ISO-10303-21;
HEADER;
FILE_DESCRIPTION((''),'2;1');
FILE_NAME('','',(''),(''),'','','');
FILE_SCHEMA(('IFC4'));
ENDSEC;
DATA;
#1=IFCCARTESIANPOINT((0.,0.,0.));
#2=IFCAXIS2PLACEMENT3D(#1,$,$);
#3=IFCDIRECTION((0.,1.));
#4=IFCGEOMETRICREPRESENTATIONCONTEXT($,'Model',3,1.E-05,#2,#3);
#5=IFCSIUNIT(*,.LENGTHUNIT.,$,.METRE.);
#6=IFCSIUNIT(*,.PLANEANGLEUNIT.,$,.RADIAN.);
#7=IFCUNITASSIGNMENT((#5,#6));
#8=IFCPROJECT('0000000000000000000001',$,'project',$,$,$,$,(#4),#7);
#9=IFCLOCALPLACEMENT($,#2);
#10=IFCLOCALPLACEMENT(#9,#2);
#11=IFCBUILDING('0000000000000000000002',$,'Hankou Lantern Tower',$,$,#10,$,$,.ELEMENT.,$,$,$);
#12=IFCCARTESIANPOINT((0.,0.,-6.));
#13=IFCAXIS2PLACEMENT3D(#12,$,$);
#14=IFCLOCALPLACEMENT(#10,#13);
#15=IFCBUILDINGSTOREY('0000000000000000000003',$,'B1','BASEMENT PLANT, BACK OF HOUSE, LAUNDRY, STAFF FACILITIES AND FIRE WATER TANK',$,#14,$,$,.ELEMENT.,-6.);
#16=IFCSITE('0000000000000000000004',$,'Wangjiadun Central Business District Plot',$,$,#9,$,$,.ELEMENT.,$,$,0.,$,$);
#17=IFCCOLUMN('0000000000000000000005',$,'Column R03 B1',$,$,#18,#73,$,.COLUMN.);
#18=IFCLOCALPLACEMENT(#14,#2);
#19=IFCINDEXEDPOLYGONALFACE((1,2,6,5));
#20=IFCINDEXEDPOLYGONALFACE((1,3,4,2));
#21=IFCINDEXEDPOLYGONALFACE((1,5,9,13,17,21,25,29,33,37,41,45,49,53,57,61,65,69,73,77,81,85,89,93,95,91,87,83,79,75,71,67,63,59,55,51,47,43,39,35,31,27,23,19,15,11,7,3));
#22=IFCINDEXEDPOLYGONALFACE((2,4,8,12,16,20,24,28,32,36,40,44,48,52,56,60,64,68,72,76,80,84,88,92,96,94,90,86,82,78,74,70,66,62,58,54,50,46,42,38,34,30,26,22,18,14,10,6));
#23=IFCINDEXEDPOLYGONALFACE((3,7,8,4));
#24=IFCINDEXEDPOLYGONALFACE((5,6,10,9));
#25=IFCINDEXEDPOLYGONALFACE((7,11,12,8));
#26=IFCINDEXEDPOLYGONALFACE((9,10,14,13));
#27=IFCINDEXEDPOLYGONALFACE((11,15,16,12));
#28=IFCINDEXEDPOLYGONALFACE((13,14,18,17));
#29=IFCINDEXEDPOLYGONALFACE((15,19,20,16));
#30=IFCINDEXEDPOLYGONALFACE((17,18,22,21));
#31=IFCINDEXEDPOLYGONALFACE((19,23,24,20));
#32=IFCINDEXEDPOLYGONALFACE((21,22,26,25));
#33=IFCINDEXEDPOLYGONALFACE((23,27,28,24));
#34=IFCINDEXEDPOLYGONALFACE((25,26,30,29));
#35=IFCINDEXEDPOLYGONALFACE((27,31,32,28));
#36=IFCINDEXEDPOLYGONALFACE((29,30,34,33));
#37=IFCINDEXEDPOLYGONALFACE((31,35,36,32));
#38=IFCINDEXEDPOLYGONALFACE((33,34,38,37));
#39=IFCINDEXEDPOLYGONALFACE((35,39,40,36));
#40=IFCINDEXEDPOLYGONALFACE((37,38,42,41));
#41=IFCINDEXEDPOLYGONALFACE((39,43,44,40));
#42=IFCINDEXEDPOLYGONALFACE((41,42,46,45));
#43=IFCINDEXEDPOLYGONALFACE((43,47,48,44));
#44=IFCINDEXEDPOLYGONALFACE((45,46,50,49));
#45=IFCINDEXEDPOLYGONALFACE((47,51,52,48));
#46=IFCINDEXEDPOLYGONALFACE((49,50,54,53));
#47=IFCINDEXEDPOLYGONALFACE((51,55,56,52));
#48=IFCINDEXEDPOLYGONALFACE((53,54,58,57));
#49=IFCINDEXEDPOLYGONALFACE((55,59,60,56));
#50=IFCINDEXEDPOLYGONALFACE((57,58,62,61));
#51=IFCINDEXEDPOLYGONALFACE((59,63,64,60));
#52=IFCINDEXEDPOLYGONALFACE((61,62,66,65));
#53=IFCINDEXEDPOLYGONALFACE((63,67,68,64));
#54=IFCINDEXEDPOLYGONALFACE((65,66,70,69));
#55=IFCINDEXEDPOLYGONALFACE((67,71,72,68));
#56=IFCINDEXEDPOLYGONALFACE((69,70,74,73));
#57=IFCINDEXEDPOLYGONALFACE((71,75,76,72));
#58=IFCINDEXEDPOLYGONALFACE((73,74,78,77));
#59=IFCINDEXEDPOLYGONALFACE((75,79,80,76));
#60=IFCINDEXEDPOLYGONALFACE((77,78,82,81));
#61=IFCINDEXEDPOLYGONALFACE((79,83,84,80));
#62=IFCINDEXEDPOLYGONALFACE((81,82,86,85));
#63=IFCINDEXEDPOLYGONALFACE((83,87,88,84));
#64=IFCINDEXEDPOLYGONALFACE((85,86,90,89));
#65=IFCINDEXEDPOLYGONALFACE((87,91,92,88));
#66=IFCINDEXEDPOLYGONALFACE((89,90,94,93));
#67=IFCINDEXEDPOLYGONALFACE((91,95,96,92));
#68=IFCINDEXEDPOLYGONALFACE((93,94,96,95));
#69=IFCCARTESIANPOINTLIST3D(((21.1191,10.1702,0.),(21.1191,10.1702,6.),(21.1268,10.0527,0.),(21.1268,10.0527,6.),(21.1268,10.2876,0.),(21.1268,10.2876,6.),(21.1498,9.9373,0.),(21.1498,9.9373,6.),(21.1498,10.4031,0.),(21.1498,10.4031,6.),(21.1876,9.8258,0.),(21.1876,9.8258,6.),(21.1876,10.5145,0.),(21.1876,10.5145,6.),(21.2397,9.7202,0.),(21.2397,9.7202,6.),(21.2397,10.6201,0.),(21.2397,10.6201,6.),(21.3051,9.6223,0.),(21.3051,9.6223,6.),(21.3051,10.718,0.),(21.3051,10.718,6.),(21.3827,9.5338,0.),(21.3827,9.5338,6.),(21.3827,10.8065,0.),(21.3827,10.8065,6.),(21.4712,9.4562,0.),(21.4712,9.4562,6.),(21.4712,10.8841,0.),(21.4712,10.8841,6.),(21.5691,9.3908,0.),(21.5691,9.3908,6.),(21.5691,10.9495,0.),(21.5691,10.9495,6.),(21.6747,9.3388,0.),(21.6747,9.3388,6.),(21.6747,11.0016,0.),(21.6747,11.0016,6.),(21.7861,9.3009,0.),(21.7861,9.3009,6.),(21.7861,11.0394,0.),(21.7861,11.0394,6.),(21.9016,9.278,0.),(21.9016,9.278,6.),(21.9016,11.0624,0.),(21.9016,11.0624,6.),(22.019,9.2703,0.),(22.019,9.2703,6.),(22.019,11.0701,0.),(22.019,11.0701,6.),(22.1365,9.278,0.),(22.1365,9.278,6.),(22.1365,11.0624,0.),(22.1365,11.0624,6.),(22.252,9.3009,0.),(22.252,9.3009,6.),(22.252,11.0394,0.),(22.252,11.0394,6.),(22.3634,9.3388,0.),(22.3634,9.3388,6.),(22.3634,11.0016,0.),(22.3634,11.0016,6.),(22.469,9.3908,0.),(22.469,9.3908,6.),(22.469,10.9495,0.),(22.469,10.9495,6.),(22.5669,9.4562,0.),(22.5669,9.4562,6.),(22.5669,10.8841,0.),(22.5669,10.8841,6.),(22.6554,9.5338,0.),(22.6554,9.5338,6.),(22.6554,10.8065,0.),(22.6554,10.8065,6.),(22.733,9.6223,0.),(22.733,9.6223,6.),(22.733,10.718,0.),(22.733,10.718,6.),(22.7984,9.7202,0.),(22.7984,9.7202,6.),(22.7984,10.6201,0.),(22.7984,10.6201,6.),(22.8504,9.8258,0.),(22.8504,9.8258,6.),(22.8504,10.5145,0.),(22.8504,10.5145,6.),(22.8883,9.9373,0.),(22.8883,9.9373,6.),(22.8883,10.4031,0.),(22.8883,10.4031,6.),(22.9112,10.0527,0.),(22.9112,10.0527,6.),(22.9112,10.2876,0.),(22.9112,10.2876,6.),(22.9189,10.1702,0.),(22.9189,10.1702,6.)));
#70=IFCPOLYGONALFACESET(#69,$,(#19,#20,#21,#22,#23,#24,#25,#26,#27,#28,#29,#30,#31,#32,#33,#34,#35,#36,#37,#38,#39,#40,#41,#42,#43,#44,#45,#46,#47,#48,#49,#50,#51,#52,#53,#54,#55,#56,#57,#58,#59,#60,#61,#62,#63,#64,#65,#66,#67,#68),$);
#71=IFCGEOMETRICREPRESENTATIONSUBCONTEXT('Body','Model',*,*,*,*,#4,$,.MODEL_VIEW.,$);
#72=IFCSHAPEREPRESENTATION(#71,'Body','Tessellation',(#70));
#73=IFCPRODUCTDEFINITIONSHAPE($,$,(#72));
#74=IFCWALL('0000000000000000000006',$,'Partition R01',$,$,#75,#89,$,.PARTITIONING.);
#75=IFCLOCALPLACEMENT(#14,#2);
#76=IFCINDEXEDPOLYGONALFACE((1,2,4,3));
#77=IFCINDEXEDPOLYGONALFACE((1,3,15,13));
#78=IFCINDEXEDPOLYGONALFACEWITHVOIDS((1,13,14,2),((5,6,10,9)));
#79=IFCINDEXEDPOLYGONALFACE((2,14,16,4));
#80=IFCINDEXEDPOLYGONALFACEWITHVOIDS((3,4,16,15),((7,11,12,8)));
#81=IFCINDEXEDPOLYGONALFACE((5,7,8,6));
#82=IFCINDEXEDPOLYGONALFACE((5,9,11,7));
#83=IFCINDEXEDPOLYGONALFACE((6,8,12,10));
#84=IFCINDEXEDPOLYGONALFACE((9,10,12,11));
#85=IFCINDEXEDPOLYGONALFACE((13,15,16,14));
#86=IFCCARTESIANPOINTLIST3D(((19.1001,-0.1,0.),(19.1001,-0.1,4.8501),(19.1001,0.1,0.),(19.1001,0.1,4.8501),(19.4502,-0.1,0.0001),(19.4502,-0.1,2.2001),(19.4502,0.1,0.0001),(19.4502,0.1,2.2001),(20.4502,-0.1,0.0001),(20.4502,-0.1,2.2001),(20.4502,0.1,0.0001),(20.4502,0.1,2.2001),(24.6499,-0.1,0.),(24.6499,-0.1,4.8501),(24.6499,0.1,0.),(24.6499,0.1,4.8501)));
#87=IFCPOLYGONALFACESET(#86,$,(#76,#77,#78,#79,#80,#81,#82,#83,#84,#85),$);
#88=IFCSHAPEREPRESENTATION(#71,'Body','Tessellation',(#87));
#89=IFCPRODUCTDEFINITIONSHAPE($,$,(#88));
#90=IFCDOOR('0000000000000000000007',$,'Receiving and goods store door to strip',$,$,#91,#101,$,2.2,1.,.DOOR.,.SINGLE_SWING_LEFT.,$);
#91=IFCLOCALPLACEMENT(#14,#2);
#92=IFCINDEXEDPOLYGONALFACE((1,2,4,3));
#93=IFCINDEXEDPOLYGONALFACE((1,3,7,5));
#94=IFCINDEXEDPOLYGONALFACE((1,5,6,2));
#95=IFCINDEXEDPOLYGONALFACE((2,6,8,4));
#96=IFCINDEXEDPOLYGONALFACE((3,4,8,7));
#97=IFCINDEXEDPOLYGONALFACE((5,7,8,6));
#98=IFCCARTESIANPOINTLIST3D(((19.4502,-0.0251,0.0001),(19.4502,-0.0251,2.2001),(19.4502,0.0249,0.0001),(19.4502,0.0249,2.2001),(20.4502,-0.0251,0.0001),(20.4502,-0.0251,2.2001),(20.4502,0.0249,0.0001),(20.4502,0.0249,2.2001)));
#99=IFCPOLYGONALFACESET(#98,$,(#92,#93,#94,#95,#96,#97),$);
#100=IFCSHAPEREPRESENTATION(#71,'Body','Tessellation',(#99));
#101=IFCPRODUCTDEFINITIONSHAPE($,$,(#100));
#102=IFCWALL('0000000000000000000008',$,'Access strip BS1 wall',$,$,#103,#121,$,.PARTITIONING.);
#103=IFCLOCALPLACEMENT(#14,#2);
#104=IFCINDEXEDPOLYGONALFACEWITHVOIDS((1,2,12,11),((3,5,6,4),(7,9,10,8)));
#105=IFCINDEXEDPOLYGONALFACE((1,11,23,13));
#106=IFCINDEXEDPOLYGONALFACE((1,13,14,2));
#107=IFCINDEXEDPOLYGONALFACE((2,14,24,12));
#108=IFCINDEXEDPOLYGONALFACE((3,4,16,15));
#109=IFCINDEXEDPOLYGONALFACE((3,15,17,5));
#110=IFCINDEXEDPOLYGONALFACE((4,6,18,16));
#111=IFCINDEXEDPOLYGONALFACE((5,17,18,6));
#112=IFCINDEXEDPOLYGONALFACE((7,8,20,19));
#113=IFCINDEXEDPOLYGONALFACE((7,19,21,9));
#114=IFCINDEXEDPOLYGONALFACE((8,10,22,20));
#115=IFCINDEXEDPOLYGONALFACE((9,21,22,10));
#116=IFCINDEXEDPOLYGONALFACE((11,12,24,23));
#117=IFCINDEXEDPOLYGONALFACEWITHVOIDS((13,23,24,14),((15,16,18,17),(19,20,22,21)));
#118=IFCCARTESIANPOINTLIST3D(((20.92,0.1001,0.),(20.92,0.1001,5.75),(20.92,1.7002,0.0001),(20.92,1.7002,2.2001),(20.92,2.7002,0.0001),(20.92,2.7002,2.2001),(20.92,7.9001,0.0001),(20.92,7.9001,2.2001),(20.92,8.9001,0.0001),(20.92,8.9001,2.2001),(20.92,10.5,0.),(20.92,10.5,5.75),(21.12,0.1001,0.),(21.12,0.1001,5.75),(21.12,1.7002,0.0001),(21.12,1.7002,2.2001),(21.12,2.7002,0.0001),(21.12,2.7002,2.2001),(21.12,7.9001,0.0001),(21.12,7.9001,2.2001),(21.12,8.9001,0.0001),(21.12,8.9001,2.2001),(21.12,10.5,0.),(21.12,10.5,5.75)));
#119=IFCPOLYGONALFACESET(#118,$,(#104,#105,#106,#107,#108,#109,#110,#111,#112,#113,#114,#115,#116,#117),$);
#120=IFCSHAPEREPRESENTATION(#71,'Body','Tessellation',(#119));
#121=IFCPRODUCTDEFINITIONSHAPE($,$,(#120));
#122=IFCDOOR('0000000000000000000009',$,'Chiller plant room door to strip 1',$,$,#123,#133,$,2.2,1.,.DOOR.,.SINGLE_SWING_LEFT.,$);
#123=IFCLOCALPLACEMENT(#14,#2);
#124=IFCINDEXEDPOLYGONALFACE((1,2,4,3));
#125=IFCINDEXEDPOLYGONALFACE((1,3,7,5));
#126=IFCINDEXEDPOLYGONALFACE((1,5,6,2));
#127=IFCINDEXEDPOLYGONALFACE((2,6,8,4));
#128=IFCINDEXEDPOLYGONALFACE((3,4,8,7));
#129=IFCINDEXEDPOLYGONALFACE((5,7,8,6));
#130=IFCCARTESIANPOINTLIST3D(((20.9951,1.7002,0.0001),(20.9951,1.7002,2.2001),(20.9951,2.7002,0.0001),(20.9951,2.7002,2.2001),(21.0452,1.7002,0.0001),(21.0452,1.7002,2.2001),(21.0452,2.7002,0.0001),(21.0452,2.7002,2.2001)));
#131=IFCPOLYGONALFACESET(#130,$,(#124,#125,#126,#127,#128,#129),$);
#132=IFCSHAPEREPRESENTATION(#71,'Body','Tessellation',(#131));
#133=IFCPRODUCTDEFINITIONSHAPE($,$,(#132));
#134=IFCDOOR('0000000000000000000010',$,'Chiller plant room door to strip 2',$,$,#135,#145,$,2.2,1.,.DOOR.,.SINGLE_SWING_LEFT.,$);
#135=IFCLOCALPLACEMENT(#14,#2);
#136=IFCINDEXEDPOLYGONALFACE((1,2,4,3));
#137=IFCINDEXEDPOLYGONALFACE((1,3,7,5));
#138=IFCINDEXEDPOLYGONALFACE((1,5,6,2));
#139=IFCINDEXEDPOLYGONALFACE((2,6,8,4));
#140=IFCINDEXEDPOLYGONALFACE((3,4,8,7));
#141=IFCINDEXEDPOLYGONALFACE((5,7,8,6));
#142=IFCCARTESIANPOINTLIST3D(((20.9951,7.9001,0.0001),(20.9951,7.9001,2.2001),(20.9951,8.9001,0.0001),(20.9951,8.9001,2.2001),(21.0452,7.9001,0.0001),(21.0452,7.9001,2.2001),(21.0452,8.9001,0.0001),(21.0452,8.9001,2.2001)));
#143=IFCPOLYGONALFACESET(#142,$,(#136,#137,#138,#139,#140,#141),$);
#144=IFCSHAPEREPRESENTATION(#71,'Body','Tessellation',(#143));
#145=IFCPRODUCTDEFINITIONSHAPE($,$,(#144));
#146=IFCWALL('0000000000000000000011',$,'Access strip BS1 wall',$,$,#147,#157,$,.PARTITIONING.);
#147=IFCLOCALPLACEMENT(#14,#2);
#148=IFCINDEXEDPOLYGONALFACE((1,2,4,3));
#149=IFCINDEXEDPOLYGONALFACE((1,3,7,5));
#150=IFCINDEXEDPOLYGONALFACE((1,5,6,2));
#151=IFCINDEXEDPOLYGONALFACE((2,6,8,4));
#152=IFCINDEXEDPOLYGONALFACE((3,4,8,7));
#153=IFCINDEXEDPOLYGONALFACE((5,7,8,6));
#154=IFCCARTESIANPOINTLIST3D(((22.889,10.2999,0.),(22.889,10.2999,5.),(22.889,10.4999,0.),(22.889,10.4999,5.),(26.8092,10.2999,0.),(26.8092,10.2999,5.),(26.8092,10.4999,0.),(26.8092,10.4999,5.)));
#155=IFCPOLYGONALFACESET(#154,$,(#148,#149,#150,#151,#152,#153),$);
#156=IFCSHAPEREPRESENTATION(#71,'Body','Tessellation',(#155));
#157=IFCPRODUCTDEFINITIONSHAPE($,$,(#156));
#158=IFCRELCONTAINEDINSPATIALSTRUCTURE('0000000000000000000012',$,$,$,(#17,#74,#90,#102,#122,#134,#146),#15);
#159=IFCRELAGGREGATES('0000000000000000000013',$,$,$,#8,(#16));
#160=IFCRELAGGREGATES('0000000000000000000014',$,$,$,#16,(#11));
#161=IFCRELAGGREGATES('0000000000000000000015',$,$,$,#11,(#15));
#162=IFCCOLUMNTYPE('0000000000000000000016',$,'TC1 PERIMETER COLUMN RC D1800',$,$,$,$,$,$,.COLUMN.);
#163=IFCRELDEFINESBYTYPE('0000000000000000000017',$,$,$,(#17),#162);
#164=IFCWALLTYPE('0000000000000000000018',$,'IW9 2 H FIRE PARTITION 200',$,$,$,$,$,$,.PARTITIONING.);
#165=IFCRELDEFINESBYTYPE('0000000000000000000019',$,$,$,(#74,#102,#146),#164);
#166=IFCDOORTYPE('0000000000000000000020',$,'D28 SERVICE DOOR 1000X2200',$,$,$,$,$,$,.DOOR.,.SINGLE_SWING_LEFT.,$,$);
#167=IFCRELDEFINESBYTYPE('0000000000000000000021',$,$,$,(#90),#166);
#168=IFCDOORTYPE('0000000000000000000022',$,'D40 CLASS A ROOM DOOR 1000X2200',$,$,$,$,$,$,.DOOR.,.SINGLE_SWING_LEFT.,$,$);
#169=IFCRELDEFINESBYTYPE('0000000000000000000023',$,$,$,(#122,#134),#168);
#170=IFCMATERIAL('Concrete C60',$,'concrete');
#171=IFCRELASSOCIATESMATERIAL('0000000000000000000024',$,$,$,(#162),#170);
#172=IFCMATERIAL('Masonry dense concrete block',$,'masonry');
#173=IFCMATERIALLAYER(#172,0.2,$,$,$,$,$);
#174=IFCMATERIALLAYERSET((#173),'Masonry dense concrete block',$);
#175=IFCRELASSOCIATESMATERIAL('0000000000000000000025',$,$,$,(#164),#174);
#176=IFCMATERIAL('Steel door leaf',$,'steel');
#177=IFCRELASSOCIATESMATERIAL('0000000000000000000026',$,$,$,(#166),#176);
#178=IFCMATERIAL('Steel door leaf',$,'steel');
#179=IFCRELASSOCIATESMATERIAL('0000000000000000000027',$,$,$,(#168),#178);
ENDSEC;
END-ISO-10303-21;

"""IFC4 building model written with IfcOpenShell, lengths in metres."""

from ifc_helpers import new_model, si_unit, direction, frame, frame_2d, origin, origin_2d, place, context, subcontext, project, spatial, rectangle, circle, extrude, material, layer, layer_set, material_profile, profile_set, type_object, element, fill, save


model = new_model("IFC4")

# Units and contexts
model_context = context("Model", 3, precision=1e-05, world=origin(), true_north=direction((0.0, 1.0)))
body_context = subcontext(model_context, "Body", "Model", "MODEL_VIEW")
ifc_project = project(units=[si_unit("LENGTHUNIT", "METRE"), si_unit("PLANEANGLEUNIT", "RADIAN")], contexts=[model_context])

# Site, building, storey
site_placement = place(None, origin())
site = spatial("IfcSite", under=ifc_project, at=site_placement, Name="Wangjiadun Central Business District Plot", CompositionType="ELEMENT", RefElevation=0.0)
building_placement = place(site_placement, origin())
building = spatial("IfcBuilding", under=site, at=building_placement, Name="Hankou Lantern Tower", CompositionType="ELEMENT")
storey_placement = place(building_placement, frame((0.0, 0.0, -6.0)))
storey = spatial("IfcBuildingStorey", under=building, at=storey_placement, Name="B1", Description="BASEMENT PLANT, BACK OF HOUSE, LAUNDRY, STAFF FACILITIES AND FIRE WATER TANK", CompositionType="ELEMENT", Elevation=-6.0)

# Column
ifc_material_1 = material(Name="Concrete C60", Category="concrete")
ifc_material_profile_1 = material_profile(ifc_material_1, circle(Radius=0.8999, at=origin_2d()), Name="RC D1800")
ifc_profile_set_1 = profile_set([ifc_material_profile_1], Name="Concrete C60")
column_type = type_object("IfcColumnType", Name="TC1 PERIMETER COLUMN RC D1800", PredefinedType="COLUMN", material=ifc_profile_set_1)
column_placement = place(storey_placement, frame((22.019, 10.1702, 0.0), z_axis=(0.0, 0.0, 1.0), x_axis=(1.0, 0.0, 0.0)))
element("IfcColumn", 1, at=column_placement, inside=storey, type_object=column_type, Name="Column R03 B1", PredefinedType="COLUMN", context=body_context, shape_type="SweptSolid", body=[
    extrude(circle(Radius=0.8999, at=origin_2d()), origin(), (0.0, 0.0, 1.0), 6.0),
])

# Wall, opening, door
ifc_material_2 = material(Name="Masonry dense concrete block", Category="masonry")
ifc_layer = layer(ifc_material_2, 0.2)
ifc_layer_set = layer_set([ifc_layer], Name="Masonry dense concrete block")
wall_type = type_object("IfcWallType", Name="IW9 2 H FIRE PARTITION 200", PredefinedType="PARTITIONING", material=ifc_layer_set)
wall_1_placement = place(storey_placement, frame((19.1001, 0.0, 0.0), z_axis=(0.0, 0.0, 1.0), x_axis=(1.0, 0.0, 0.0)))
wall_1 = element("IfcWall", 2, at=wall_1_placement, inside=storey, type_object=wall_type, Name="Partition R01", PredefinedType="PARTITIONING", context=body_context, shape_type="SweptSolid", body=[
    extrude(rectangle(XDim=5.5498, YDim=0.2, at=frame_2d((2.7749, 0.0))), origin(), (0.0, 0.0, 1.0), 4.8501),
])
opening_1_placement = place(wall_1_placement, frame((0.3501, 0.0, 0.0)))
opening_1 = element("IfcOpeningElement", 3, at=opening_1_placement, cuts=wall_1, PredefinedType="OPENING", context=body_context, shape_type="SweptSolid", body=[
    extrude(rectangle(XDim=1.0, YDim=2.2, at=frame_2d((0.5, 1.1001))), frame((0.0, 0.1099, 0.0), z_axis=(0.0, -1.0, 0.0), x_axis=(1.0, 0.0, 0.0)), (0.0, 0.0, 1.0), 0.22),
])
ifc_material_3 = material(Name="Steel door leaf", Category="steel")
door_type_1 = type_object("IfcDoorType", Name="D28 SERVICE DOOR 1000X2200", OperationType="SINGLE_SWING_LEFT", PredefinedType="DOOR", material=ifc_material_3)
door_1_placement = place(opening_1_placement, origin())
door_1 = element("IfcDoor", 4, at=door_1_placement, inside=storey, type_object=door_type_1, Name="Receiving and goods store door to strip", OperationType="SINGLE_SWING_LEFT", OverallHeight=2.2, OverallWidth=1.0, PredefinedType="DOOR", context=body_context, shape_type="SweptSolid", body=[
    extrude(rectangle(XDim=1.0, YDim=2.2, at=frame_2d((0.5, 1.1001))), frame((0.0, 0.0249, 0.0), z_axis=(0.0, -1.0, 0.0), x_axis=(1.0, 0.0, 0.0)), (0.0, 0.0, 1.0), 0.05),
])
fill(opening_1, door_1)

# Wall, openings, doors
wall_2_placement = place(storey_placement, frame((21.02, 0.1001, 0.0), z_axis=(0.0, 0.0, 1.0), x_axis=(0.0, 1.0, 0.0)))
wall_2 = element("IfcWall", 5, at=wall_2_placement, inside=storey, type_object=wall_type, Name="Access strip BS1 wall", PredefinedType="PARTITIONING", context=body_context, shape_type="SweptSolid", body=[
    extrude(rectangle(XDim=10.3999, YDim=0.2, at=frame_2d((5.2, 0.0))), origin(), (0.0, 0.0, 1.0), 5.75),
])
opening_2_placement = place(wall_2_placement, frame((1.6001, 0.0, 0.0)))
opening_2 = element("IfcOpeningElement", 6, at=opening_2_placement, cuts=wall_2, PredefinedType="OPENING", context=body_context, shape_type="SweptSolid", body=[
    extrude(rectangle(XDim=1.0, YDim=2.2, at=frame_2d((0.5, 1.1001))), frame((0.0, 0.1099, 0.0), z_axis=(0.0, -1.0, 0.0), x_axis=(1.0, 0.0, 0.0)), (0.0, 0.0, 1.0), 0.22),
])
opening_3_placement = place(wall_2_placement, frame((7.8, 0.0, 0.0)))
opening_3 = element("IfcOpeningElement", 7, at=opening_3_placement, cuts=wall_2, PredefinedType="OPENING", context=body_context, shape_type="SweptSolid", body=[
    extrude(rectangle(XDim=1.0, YDim=2.2, at=frame_2d((0.5, 1.1001))), frame((0.0, 0.1099, 0.0), z_axis=(0.0, -1.0, 0.0), x_axis=(1.0, 0.0, 0.0)), (0.0, 0.0, 1.0), 0.22),
])
ifc_material_4 = material(Name="Steel door leaf", Category="steel")
door_type_2 = type_object("IfcDoorType", Name="D40 CLASS A ROOM DOOR 1000X2200", OperationType="SINGLE_SWING_LEFT", PredefinedType="DOOR", material=ifc_material_4)
door_2_placement = place(opening_2_placement, origin())
door_2 = element("IfcDoor", 8, at=door_2_placement, inside=storey, type_object=door_type_2, Name="Chiller plant room door to strip 1", OperationType="SINGLE_SWING_LEFT", OverallHeight=2.2, OverallWidth=1.0, PredefinedType="DOOR", context=body_context, shape_type="SweptSolid", body=[
    extrude(rectangle(XDim=1.0, YDim=2.2, at=frame_2d((0.5, 1.1001))), frame((0.0, 0.0249, 0.0), z_axis=(0.0, -1.0, 0.0), x_axis=(1.0, 0.0, 0.0)), (0.0, 0.0, 1.0), 0.05),
])
fill(opening_2, door_2)
door_3_placement = place(opening_3_placement, origin())
door_3 = element("IfcDoor", 9, at=door_3_placement, inside=storey, type_object=door_type_2, Name="Chiller plant room door to strip 2", OperationType="SINGLE_SWING_LEFT", OverallHeight=2.2, OverallWidth=1.0, PredefinedType="DOOR", context=body_context, shape_type="SweptSolid", body=[
    extrude(rectangle(XDim=1.0, YDim=2.2, at=frame_2d((0.5, 1.1001))), frame((0.0, 0.0249, 0.0), z_axis=(0.0, -1.0, 0.0), x_axis=(1.0, 0.0, 0.0)), (0.0, 0.0, 1.0), 0.05),
])
fill(opening_3, door_3)

# Wall
wall_3_placement = place(storey_placement, frame((22.8892, 10.3999, 0.0), z_axis=(0.0, 0.0, 1.0), x_axis=(1.0, 0.0, 0.0)))
element("IfcWall", 10, at=wall_3_placement, inside=storey, type_object=wall_type, Name="Access strip BS1 wall", PredefinedType="PARTITIONING", context=body_context, shape_type="SweptSolid", body=[
    extrude(rectangle(XDim=3.9202, YDim=0.2, at=frame_2d((1.96, 0.0))), origin(), (0.0, 0.0, 1.0), 5.0),
])

save(model, "model.ifc")
